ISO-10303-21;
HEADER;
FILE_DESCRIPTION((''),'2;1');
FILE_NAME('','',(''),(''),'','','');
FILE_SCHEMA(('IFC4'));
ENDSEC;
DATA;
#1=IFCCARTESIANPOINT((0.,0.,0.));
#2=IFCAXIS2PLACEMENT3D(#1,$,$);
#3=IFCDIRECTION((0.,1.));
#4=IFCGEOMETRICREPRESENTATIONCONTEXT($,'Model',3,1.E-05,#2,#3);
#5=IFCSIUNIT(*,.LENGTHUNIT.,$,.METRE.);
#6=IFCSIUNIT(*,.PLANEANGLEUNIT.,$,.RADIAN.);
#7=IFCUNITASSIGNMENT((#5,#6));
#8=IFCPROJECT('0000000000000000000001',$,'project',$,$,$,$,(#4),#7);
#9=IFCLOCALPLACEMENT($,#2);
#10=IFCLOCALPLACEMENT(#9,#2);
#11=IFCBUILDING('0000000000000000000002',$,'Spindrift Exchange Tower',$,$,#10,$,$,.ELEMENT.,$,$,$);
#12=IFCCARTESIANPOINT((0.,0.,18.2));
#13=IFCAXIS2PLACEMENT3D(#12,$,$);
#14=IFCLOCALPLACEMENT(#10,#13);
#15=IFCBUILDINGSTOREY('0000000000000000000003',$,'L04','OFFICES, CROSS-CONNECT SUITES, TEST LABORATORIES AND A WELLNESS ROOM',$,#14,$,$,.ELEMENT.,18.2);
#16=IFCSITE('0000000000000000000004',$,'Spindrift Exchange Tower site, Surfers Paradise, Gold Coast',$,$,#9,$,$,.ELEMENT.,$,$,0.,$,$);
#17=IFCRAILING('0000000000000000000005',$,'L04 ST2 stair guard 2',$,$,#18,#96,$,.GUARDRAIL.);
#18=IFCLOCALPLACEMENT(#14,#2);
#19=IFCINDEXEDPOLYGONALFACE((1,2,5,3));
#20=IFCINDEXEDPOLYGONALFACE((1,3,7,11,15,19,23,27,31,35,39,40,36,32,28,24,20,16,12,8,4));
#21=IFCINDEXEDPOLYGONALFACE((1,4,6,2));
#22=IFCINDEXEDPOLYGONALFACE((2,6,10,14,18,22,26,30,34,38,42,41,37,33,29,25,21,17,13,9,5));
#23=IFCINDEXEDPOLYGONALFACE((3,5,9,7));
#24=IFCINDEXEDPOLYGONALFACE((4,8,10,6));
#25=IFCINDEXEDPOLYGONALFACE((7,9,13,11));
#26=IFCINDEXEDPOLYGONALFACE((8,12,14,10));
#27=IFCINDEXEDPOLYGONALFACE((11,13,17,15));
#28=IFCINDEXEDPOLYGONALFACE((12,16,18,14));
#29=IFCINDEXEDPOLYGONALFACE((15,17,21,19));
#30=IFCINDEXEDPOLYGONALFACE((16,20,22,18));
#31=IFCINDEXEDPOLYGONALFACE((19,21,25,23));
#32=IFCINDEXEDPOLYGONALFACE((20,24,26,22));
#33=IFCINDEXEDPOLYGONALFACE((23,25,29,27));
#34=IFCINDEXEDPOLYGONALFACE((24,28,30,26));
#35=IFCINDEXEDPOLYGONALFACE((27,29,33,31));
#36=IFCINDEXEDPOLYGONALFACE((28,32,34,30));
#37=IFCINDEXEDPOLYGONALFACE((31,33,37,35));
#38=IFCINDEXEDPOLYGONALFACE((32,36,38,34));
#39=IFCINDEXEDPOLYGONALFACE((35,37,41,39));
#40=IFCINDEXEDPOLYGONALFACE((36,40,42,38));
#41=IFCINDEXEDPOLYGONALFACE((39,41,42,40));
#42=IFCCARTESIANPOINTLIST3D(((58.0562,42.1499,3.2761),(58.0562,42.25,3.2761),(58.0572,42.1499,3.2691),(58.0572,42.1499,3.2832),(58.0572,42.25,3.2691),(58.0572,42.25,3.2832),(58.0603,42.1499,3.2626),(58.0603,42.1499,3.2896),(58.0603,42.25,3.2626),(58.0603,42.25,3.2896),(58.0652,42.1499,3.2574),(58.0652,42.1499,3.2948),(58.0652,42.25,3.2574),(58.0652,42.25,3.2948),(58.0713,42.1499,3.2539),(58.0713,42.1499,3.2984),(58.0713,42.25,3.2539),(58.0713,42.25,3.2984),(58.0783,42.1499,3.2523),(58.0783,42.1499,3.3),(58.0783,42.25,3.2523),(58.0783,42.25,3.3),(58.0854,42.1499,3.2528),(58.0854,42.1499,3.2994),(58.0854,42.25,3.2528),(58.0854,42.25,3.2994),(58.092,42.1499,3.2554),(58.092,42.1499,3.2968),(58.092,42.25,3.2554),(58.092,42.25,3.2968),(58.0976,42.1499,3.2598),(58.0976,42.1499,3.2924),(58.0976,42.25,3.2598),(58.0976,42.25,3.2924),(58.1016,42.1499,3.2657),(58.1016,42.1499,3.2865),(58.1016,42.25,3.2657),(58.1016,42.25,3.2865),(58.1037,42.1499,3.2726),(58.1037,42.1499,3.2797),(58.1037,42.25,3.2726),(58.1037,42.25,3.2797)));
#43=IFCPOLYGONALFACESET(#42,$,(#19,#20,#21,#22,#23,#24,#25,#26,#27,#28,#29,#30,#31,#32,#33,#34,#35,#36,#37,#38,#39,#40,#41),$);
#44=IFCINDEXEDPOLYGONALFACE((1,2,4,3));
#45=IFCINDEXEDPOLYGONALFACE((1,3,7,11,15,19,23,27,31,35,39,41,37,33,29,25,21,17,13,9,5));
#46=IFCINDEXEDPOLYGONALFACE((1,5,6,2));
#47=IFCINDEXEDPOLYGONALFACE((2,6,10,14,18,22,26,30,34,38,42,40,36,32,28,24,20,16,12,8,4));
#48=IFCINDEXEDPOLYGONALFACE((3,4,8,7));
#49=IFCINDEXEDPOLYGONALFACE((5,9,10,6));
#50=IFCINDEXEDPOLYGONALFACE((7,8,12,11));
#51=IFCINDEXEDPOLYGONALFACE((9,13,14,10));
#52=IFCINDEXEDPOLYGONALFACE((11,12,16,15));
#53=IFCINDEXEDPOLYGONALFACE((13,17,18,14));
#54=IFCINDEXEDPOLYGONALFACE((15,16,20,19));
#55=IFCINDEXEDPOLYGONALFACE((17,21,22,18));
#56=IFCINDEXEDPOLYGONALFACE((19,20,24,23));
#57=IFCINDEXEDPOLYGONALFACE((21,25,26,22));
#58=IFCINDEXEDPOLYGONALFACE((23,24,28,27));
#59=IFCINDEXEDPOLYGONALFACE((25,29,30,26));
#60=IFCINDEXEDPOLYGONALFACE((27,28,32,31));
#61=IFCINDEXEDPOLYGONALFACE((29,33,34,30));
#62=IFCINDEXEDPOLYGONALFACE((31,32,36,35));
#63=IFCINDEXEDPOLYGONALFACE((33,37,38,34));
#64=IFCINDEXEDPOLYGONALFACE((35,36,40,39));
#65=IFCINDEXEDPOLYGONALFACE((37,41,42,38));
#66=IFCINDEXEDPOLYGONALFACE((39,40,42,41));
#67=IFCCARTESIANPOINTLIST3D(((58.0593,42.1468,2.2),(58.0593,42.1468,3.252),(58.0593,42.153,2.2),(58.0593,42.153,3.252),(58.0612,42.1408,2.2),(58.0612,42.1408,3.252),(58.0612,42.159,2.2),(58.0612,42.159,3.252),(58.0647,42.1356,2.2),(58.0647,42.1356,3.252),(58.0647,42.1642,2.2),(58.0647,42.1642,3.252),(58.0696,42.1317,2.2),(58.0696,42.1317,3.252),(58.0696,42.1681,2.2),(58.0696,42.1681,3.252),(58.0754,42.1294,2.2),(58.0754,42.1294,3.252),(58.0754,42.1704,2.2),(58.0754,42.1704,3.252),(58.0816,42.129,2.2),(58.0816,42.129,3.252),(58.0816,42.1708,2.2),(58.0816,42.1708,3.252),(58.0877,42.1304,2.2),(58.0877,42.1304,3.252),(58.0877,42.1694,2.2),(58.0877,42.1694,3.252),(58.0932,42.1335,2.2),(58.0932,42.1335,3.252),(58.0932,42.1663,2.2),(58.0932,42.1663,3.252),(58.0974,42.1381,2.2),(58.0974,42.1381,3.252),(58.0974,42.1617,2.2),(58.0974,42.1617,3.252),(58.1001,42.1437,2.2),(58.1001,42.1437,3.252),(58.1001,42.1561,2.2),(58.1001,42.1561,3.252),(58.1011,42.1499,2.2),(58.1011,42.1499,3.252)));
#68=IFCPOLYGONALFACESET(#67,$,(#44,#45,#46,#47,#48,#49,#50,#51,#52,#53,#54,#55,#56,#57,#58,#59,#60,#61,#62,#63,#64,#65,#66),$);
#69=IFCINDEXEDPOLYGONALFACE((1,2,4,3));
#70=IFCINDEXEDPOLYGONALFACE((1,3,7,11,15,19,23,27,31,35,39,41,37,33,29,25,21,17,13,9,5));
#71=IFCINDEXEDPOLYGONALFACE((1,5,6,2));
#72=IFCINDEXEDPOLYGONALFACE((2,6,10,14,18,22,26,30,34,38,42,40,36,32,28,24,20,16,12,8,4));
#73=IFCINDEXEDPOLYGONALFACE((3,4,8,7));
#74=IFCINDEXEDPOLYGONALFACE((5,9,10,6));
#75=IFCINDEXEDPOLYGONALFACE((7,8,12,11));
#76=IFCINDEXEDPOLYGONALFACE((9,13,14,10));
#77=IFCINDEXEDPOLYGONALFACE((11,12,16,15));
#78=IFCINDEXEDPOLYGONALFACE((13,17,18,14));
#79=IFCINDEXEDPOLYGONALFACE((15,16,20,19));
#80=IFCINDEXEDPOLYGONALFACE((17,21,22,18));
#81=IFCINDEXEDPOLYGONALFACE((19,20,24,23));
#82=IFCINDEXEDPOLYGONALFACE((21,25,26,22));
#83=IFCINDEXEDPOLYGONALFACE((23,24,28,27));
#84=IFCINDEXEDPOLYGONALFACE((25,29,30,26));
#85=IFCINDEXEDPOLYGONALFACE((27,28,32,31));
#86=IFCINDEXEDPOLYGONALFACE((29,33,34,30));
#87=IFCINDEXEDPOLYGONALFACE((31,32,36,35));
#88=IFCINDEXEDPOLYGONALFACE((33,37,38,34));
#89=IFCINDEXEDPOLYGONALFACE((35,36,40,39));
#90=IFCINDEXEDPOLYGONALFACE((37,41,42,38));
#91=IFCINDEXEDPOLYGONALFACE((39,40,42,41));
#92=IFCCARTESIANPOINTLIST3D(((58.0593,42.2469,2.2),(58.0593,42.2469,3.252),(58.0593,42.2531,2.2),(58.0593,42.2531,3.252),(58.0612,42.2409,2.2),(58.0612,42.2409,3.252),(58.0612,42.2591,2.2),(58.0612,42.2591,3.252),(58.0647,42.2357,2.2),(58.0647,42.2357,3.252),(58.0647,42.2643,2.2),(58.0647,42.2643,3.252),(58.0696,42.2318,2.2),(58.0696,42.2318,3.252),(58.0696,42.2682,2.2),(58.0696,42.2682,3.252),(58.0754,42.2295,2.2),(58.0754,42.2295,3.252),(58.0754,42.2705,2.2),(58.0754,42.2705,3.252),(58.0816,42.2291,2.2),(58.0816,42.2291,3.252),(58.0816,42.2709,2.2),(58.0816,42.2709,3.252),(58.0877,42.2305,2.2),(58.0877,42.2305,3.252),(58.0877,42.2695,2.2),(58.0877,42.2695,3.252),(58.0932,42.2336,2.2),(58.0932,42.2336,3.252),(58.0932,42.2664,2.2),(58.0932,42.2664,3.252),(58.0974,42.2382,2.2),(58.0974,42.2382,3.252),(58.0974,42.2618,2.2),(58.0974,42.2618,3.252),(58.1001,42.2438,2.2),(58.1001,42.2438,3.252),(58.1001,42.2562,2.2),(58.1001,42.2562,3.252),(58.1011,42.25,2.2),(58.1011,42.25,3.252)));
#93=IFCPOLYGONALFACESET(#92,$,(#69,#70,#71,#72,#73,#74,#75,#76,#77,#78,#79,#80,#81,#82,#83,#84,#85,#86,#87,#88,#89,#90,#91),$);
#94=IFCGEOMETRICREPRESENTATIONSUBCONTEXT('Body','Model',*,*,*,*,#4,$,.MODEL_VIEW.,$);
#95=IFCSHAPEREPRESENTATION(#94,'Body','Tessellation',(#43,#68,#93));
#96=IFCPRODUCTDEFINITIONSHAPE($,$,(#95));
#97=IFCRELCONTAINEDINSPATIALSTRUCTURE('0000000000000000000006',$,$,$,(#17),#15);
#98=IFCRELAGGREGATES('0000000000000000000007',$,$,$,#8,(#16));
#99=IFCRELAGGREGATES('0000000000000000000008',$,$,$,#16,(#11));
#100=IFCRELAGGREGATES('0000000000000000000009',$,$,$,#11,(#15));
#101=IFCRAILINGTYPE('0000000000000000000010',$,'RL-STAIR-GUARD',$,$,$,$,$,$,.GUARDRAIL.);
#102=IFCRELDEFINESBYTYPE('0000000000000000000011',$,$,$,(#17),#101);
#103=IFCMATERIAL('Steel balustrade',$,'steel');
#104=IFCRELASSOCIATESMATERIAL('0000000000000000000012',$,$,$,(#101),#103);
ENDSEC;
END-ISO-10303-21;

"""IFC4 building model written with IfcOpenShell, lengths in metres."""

from ifc_helpers import new_model, si_unit, direction, frame, origin, origin_2d, place, context, subcontext, project, spatial, circle, extrude, material, type_object, element, save


model = new_model("IFC4")

# Units and contexts
model_context = context("Model", 3, precision=1e-05, world=origin(), true_north=direction((0.0, 1.0)))
body_context = subcontext(model_context, "Body", "Model", "MODEL_VIEW")
ifc_project = project(units=[si_unit("LENGTHUNIT", "METRE"), si_unit("PLANEANGLEUNIT", "RADIAN")], contexts=[model_context])

# Site, building, storey
site_placement = place(None, origin())
site = spatial("IfcSite", under=ifc_project, at=site_placement, Name="Spindrift Exchange Tower site, Surfers Paradise, Gold Coast", CompositionType="ELEMENT", RefElevation=0.0)
building_placement = place(site_placement, origin())
building = spatial("IfcBuilding", under=site, at=building_placement, Name="Spindrift Exchange Tower", CompositionType="ELEMENT")
storey_placement = place(building_placement, frame((0.0, 0.0, 18.2)))
storey = spatial("IfcBuildingStorey", under=building, at=storey_placement, Name="L04", Description="OFFICES, CROSS-CONNECT SUITES, TEST LABORATORIES AND A WELLNESS ROOM", CompositionType="ELEMENT", Elevation=18.2)

# Railing
ifc_material_1 = material(Name="Steel balustrade", Category="steel")
railing_type_1 = type_object("IfcRailingType", Name="RL-STAIR-GUARD", PredefinedType="GUARDRAIL", material=ifc_material_1)
railing_1_placement = place(storey_placement, frame((58.0801, 42.1499, 2.2)))
element("IfcRailing", 1, at=railing_1_placement, inside=storey, type_object=railing_type_1, Name="L04 ST2 stair guard 2", PredefinedType="GUARDRAIL", context=body_context, shape_type="SweptSolid", body=[
    extrude(circle(Radius=0.0239, at=origin_2d()), frame((0.0, 0.0, 1.0762), z_axis=(0.0, 1.0, 0.0), x_axis=(-1.0, 0.0, 0.0)), (0.0, 0.0, 1.0), 0.1001),
    extrude(circle(Radius=0.021, at=origin_2d()), origin(), (0.0, 0.0, 1.0), 1.052),
    extrude(circle(Radius=0.021, at=origin_2d()), frame((0.0, 0.1001, 0.0)), (0.0, 0.0, 1.0), 1.052),
])

save(model, "model.ifc")
